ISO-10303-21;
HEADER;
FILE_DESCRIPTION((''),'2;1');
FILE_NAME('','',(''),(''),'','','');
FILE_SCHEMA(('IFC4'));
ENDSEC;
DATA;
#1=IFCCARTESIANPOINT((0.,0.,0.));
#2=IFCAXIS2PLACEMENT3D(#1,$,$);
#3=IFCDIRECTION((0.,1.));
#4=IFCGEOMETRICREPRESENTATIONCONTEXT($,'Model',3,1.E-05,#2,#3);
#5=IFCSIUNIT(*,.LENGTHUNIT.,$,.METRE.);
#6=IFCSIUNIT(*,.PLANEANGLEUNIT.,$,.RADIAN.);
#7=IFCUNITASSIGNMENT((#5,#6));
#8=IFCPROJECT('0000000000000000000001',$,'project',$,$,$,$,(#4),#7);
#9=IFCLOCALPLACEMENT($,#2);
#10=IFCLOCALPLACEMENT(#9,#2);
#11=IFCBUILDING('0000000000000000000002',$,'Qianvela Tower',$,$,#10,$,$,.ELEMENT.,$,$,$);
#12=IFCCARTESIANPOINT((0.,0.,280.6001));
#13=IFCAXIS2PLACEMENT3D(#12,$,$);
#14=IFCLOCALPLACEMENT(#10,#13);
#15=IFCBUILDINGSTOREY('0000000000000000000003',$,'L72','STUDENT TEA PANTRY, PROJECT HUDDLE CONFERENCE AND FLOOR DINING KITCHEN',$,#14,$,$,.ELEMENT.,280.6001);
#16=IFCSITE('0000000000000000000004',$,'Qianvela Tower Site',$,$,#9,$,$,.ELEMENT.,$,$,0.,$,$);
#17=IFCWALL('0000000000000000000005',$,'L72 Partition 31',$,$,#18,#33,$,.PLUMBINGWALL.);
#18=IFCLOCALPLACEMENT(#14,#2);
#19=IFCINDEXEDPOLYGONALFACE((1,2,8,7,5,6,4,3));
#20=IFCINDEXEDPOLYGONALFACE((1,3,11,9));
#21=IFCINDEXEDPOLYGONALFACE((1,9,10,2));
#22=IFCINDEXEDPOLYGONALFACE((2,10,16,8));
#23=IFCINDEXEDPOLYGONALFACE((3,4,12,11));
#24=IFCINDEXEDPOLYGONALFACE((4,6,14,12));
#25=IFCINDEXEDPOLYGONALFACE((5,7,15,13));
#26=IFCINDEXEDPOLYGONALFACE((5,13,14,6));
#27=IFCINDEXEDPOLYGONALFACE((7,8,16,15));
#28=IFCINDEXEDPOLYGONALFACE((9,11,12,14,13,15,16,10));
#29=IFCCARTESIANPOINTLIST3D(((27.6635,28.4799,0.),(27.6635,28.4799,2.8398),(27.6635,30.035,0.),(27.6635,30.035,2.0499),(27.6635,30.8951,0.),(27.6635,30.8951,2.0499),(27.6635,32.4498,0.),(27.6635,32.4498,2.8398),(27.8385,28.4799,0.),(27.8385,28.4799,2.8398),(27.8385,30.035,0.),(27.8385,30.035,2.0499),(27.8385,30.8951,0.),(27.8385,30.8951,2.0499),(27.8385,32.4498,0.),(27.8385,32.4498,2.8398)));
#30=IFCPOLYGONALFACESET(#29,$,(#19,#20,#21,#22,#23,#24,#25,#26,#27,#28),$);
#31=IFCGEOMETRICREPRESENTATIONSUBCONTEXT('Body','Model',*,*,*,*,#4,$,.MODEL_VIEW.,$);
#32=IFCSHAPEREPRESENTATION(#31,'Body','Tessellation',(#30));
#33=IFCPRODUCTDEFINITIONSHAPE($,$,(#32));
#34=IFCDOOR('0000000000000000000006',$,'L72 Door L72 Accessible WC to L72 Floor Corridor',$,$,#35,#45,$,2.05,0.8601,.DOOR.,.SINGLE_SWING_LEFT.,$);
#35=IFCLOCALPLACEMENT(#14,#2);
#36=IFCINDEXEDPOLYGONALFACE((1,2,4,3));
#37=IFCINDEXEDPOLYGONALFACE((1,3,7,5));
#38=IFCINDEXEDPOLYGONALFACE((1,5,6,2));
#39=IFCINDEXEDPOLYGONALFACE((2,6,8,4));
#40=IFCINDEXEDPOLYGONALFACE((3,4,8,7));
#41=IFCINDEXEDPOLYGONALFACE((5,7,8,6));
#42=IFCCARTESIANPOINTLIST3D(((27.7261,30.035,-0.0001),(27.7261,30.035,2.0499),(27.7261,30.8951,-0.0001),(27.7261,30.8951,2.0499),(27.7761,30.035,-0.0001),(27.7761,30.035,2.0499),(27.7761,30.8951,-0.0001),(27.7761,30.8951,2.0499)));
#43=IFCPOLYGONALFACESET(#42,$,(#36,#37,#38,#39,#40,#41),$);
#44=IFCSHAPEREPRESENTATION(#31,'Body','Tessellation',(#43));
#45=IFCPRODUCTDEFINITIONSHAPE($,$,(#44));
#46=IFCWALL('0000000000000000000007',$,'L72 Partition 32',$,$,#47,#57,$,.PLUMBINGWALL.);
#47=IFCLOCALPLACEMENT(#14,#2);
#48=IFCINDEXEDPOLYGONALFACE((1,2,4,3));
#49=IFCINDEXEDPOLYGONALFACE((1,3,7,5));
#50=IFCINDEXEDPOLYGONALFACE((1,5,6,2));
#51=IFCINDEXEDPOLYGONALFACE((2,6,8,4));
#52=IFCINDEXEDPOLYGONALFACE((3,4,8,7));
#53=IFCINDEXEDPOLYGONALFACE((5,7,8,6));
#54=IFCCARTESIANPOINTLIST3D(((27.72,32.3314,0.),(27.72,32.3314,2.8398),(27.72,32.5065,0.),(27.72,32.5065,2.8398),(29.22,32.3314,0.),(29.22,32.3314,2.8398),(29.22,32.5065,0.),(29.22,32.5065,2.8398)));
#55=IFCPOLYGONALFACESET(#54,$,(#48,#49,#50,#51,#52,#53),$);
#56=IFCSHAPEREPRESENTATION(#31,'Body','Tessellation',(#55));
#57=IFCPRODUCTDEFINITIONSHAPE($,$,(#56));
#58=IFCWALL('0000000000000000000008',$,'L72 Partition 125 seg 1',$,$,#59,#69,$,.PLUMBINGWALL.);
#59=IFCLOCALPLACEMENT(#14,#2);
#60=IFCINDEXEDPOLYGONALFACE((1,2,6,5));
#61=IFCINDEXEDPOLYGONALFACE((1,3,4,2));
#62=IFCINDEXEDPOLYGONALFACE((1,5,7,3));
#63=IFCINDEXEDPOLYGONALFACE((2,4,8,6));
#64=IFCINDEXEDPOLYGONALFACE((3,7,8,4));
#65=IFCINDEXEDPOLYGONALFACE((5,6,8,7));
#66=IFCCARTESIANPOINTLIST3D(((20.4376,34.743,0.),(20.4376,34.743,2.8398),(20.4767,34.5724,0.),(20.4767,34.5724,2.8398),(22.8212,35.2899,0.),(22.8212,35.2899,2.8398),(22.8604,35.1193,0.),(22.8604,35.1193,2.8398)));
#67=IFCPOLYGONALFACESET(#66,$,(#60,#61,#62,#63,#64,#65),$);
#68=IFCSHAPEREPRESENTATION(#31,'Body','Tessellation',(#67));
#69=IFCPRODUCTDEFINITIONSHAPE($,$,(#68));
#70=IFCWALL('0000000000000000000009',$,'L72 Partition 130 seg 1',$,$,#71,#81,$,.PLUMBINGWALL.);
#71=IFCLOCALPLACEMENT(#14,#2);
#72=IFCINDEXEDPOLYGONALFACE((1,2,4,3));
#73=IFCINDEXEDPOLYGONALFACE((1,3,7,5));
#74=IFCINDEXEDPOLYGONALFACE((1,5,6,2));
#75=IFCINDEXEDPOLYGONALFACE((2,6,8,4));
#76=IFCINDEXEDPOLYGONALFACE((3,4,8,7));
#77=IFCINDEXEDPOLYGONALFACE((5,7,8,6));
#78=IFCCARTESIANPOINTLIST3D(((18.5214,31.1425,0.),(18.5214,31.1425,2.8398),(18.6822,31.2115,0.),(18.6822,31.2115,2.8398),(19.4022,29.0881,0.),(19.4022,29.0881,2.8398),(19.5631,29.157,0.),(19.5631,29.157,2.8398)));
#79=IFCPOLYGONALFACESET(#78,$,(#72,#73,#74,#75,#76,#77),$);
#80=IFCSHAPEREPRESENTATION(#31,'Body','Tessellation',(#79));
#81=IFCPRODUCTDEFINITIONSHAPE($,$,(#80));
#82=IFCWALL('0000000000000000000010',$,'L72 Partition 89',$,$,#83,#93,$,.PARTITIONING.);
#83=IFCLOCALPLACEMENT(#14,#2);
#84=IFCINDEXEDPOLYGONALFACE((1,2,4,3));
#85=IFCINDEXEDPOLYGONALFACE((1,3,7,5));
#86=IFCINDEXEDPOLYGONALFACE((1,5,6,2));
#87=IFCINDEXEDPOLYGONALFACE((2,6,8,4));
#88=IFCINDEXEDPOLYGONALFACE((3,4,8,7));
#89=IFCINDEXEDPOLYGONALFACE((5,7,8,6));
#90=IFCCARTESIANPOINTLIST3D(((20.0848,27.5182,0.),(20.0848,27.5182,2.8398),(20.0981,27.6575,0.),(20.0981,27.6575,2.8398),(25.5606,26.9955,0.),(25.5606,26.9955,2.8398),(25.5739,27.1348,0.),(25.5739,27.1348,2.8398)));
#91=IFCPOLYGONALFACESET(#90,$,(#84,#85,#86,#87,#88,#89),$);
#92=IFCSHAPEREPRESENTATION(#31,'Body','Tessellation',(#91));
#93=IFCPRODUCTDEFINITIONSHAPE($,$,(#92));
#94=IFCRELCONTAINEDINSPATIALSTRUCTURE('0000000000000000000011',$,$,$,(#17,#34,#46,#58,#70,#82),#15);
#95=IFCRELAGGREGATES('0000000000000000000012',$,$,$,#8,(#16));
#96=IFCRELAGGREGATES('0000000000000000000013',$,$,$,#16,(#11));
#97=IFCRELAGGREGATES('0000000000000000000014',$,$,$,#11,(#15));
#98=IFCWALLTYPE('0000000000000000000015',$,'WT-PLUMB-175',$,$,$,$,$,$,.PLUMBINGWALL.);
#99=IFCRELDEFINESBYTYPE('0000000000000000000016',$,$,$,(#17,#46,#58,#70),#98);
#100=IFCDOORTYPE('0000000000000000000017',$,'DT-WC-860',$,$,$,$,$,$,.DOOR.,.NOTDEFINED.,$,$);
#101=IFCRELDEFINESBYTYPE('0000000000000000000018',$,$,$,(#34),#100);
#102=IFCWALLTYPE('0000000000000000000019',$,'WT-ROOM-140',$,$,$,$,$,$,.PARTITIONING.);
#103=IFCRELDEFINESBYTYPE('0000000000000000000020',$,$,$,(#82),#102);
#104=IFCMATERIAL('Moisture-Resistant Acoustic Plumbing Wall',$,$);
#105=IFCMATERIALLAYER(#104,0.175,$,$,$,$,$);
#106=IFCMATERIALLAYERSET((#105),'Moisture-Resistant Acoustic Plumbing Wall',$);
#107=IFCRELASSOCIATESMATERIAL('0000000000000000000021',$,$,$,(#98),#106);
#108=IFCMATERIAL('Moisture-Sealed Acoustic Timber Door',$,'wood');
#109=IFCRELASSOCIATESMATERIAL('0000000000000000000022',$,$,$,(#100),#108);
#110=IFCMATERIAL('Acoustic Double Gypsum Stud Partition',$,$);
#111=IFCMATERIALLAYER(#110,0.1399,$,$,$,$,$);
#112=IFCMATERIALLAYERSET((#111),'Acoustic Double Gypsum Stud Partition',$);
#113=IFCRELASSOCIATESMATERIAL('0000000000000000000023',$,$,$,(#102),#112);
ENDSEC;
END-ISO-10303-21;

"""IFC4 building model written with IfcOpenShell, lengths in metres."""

from ifc_helpers import new_model, si_unit, direction, frame, frame_2d, origin, place, context, subcontext, project, spatial, rectangle, extrude, material, layer, layer_set, type_object, element, fill, save


model = new_model("IFC4")

# Units and contexts
model_context = context("Model", 3, precision=1e-05, world=origin(), true_north=direction((0.0, 1.0)))
body_context = subcontext(model_context, "Body", "Model", "MODEL_VIEW")
ifc_project = project(units=[si_unit("LENGTHUNIT", "METRE"), si_unit("PLANEANGLEUNIT", "RADIAN")], contexts=[model_context])

# Site, building, storey
site_placement = place(None, origin())
site = spatial("IfcSite", under=ifc_project, at=site_placement, Name="Qianvela Tower Site", CompositionType="ELEMENT", RefElevation=0.0)
building_placement = place(site_placement, origin())
building = spatial("IfcBuilding", under=site, at=building_placement, Name="Qianvela Tower", CompositionType="ELEMENT")
storey_placement = place(building_placement, frame((0.0, 0.0, 280.6001)))
storey = spatial("IfcBuildingStorey", under=building, at=storey_placement, Name="L72", Description="STUDENT TEA PANTRY, PROJECT HUDDLE CONFERENCE AND FLOOR DINING KITCHEN", CompositionType="ELEMENT", Elevation=280.6001)

# Shared definitions
ifc_material_1 = material(Name="Moisture-Resistant Acoustic Plumbing Wall")
ifc_layer_1 = layer(ifc_material_1, 0.175)
ifc_layer_set_1 = layer_set([ifc_layer_1], Name="Moisture-Resistant Acoustic Plumbing Wall")
wall_type_1 = type_object("IfcWallType", Name="WT-PLUMB-175", PredefinedType="PLUMBINGWALL", material=ifc_layer_set_1)

# Wall, opening, door
wall_1_placement = place(storey_placement, frame((27.751, 28.48, 0.0), z_axis=(0.0, 0.0, 1.0), x_axis=(0.0, 1.0, 0.0)))
wall_1 = element("IfcWall", 1, at=wall_1_placement, inside=storey, type_object=wall_type_1, Name="L72 Partition 31", PredefinedType="PLUMBINGWALL", context=body_context, shape_type="SweptSolid", body=[
    extrude(rectangle(XDim=3.97, YDim=0.175, at=frame_2d((1.9849, 0.0))), origin(), (0.0, 0.0, 1.0), 2.8398),
])
opening_1_placement = place(wall_1_placement, frame((1.5549, 0.0, 0.0)))
opening_1 = element("IfcOpeningElement", 2, at=opening_1_placement, cuts=wall_1, PredefinedType="OPENING", context=body_context, shape_type="SweptSolid", body=[
    extrude(rectangle(XDim=0.8601, YDim=2.05, at=frame_2d((0.4302, 1.0249))), frame((0.0, 0.0974, 0.0), z_axis=(0.0, -1.0, 0.0), x_axis=(1.0, 0.0, 0.0)), (0.0, 0.0, 1.0), 0.1951),
])
ifc_material_2 = material(Name="Moisture-Sealed Acoustic Timber Door", Category="wood")
door_type_1 = type_object("IfcDoorType", Name="DT-WC-860", OperationType="NOTDEFINED", PredefinedType="DOOR", material=ifc_material_2)
door_1_placement = place(opening_1_placement, origin())
door_1 = element("IfcDoor", 3, at=door_1_placement, inside=storey, type_object=door_type_1, Name="L72 Door L72 Accessible WC to L72 Floor Corridor", OperationType="SINGLE_SWING_LEFT", OverallHeight=2.05, OverallWidth=0.8601, PredefinedType="DOOR", context=body_context, shape_type="SweptSolid", body=[
    extrude(rectangle(XDim=0.8601, YDim=2.05, at=frame_2d((0.4302, 1.0249))), frame((0.0, 0.0249, 0.0), z_axis=(0.0, -1.0, 0.0), x_axis=(1.0, 0.0, 0.0)), (0.0, 0.0, 1.0), 0.05),
])
fill(opening_1, door_1)

# Walls
wall_2_placement = place(storey_placement, frame((27.72, 32.4189, 0.0), z_axis=(0.0, 0.0, 1.0), x_axis=(1.0, 0.0, 0.0)))
element("IfcWall", 4, at=wall_2_placement, inside=storey, type_object=wall_type_1, Name="L72 Partition 32", PredefinedType="PLUMBINGWALL", context=body_context, shape_type="SweptSolid", body=[
    extrude(rectangle(XDim=1.5, YDim=0.175, at=frame_2d((0.75, 0.0))), origin(), (0.0, 0.0, 1.0), 2.8398),
])
wall_3_placement = place(storey_placement, frame((20.4573, 34.6577, 0.0), z_axis=(0.0, 0.0, 1.0), x_axis=(0.974675, 0.223627, 0.0)))
element("IfcWall", 5, at=wall_3_placement, inside=storey, type_object=wall_type_1, Name="L72 Partition 125 seg 1", PredefinedType="PLUMBINGWALL", context=body_context, shape_type="SweptSolid", body=[
    extrude(rectangle(XDim=2.4456, YDim=0.175, at=frame_2d((1.2227, 0.0))), origin(), (0.0, 0.0, 1.0), 2.8398),
])
wall_4_placement = place(storey_placement, frame((19.4827, 29.1226, 0.0), z_axis=(0.0, 0.0, 1.0), x_axis=(-0.394064, 0.919083, 0.0)))
element("IfcWall", 6, at=wall_4_placement, inside=storey, type_object=wall_type_1, Name="L72 Partition 130 seg 1", PredefinedType="PLUMBINGWALL", context=body_context, shape_type="SweptSolid", body=[
    extrude(rectangle(XDim=2.2354, YDim=0.175, at=frame_2d((1.1177, 0.0))), origin(), (0.0, 0.0, 1.0), 2.8398),
])
ifc_material_3 = material(Name="Acoustic Double Gypsum Stud Partition")
ifc_layer_2 = layer(ifc_material_3, 0.1399)
ifc_layer_set_2 = layer_set([ifc_layer_2], Name="Acoustic Double Gypsum Stud Partition")
wall_type_2 = type_object("IfcWallType", Name="WT-ROOM-140", PredefinedType="PARTITIONING", material=ifc_layer_set_2)
wall_5_placement = place(storey_placement, frame((20.0913, 27.5879, 0.0), z_axis=(0.0, 0.0, 1.0), x_axis=(0.995475, -0.095025, 0.0)))
element("IfcWall", 7, at=wall_5_placement, inside=storey, type_object=wall_type_2, Name="L72 Partition 89", PredefinedType="PARTITIONING", context=body_context, shape_type="SweptSolid", body=[
    extrude(rectangle(XDim=5.5007, YDim=0.1399, at=frame_2d((2.7505, 0.0))), origin(), (0.0, 0.0, 1.0), 2.8398),
])

save(model, "model.ifc")
